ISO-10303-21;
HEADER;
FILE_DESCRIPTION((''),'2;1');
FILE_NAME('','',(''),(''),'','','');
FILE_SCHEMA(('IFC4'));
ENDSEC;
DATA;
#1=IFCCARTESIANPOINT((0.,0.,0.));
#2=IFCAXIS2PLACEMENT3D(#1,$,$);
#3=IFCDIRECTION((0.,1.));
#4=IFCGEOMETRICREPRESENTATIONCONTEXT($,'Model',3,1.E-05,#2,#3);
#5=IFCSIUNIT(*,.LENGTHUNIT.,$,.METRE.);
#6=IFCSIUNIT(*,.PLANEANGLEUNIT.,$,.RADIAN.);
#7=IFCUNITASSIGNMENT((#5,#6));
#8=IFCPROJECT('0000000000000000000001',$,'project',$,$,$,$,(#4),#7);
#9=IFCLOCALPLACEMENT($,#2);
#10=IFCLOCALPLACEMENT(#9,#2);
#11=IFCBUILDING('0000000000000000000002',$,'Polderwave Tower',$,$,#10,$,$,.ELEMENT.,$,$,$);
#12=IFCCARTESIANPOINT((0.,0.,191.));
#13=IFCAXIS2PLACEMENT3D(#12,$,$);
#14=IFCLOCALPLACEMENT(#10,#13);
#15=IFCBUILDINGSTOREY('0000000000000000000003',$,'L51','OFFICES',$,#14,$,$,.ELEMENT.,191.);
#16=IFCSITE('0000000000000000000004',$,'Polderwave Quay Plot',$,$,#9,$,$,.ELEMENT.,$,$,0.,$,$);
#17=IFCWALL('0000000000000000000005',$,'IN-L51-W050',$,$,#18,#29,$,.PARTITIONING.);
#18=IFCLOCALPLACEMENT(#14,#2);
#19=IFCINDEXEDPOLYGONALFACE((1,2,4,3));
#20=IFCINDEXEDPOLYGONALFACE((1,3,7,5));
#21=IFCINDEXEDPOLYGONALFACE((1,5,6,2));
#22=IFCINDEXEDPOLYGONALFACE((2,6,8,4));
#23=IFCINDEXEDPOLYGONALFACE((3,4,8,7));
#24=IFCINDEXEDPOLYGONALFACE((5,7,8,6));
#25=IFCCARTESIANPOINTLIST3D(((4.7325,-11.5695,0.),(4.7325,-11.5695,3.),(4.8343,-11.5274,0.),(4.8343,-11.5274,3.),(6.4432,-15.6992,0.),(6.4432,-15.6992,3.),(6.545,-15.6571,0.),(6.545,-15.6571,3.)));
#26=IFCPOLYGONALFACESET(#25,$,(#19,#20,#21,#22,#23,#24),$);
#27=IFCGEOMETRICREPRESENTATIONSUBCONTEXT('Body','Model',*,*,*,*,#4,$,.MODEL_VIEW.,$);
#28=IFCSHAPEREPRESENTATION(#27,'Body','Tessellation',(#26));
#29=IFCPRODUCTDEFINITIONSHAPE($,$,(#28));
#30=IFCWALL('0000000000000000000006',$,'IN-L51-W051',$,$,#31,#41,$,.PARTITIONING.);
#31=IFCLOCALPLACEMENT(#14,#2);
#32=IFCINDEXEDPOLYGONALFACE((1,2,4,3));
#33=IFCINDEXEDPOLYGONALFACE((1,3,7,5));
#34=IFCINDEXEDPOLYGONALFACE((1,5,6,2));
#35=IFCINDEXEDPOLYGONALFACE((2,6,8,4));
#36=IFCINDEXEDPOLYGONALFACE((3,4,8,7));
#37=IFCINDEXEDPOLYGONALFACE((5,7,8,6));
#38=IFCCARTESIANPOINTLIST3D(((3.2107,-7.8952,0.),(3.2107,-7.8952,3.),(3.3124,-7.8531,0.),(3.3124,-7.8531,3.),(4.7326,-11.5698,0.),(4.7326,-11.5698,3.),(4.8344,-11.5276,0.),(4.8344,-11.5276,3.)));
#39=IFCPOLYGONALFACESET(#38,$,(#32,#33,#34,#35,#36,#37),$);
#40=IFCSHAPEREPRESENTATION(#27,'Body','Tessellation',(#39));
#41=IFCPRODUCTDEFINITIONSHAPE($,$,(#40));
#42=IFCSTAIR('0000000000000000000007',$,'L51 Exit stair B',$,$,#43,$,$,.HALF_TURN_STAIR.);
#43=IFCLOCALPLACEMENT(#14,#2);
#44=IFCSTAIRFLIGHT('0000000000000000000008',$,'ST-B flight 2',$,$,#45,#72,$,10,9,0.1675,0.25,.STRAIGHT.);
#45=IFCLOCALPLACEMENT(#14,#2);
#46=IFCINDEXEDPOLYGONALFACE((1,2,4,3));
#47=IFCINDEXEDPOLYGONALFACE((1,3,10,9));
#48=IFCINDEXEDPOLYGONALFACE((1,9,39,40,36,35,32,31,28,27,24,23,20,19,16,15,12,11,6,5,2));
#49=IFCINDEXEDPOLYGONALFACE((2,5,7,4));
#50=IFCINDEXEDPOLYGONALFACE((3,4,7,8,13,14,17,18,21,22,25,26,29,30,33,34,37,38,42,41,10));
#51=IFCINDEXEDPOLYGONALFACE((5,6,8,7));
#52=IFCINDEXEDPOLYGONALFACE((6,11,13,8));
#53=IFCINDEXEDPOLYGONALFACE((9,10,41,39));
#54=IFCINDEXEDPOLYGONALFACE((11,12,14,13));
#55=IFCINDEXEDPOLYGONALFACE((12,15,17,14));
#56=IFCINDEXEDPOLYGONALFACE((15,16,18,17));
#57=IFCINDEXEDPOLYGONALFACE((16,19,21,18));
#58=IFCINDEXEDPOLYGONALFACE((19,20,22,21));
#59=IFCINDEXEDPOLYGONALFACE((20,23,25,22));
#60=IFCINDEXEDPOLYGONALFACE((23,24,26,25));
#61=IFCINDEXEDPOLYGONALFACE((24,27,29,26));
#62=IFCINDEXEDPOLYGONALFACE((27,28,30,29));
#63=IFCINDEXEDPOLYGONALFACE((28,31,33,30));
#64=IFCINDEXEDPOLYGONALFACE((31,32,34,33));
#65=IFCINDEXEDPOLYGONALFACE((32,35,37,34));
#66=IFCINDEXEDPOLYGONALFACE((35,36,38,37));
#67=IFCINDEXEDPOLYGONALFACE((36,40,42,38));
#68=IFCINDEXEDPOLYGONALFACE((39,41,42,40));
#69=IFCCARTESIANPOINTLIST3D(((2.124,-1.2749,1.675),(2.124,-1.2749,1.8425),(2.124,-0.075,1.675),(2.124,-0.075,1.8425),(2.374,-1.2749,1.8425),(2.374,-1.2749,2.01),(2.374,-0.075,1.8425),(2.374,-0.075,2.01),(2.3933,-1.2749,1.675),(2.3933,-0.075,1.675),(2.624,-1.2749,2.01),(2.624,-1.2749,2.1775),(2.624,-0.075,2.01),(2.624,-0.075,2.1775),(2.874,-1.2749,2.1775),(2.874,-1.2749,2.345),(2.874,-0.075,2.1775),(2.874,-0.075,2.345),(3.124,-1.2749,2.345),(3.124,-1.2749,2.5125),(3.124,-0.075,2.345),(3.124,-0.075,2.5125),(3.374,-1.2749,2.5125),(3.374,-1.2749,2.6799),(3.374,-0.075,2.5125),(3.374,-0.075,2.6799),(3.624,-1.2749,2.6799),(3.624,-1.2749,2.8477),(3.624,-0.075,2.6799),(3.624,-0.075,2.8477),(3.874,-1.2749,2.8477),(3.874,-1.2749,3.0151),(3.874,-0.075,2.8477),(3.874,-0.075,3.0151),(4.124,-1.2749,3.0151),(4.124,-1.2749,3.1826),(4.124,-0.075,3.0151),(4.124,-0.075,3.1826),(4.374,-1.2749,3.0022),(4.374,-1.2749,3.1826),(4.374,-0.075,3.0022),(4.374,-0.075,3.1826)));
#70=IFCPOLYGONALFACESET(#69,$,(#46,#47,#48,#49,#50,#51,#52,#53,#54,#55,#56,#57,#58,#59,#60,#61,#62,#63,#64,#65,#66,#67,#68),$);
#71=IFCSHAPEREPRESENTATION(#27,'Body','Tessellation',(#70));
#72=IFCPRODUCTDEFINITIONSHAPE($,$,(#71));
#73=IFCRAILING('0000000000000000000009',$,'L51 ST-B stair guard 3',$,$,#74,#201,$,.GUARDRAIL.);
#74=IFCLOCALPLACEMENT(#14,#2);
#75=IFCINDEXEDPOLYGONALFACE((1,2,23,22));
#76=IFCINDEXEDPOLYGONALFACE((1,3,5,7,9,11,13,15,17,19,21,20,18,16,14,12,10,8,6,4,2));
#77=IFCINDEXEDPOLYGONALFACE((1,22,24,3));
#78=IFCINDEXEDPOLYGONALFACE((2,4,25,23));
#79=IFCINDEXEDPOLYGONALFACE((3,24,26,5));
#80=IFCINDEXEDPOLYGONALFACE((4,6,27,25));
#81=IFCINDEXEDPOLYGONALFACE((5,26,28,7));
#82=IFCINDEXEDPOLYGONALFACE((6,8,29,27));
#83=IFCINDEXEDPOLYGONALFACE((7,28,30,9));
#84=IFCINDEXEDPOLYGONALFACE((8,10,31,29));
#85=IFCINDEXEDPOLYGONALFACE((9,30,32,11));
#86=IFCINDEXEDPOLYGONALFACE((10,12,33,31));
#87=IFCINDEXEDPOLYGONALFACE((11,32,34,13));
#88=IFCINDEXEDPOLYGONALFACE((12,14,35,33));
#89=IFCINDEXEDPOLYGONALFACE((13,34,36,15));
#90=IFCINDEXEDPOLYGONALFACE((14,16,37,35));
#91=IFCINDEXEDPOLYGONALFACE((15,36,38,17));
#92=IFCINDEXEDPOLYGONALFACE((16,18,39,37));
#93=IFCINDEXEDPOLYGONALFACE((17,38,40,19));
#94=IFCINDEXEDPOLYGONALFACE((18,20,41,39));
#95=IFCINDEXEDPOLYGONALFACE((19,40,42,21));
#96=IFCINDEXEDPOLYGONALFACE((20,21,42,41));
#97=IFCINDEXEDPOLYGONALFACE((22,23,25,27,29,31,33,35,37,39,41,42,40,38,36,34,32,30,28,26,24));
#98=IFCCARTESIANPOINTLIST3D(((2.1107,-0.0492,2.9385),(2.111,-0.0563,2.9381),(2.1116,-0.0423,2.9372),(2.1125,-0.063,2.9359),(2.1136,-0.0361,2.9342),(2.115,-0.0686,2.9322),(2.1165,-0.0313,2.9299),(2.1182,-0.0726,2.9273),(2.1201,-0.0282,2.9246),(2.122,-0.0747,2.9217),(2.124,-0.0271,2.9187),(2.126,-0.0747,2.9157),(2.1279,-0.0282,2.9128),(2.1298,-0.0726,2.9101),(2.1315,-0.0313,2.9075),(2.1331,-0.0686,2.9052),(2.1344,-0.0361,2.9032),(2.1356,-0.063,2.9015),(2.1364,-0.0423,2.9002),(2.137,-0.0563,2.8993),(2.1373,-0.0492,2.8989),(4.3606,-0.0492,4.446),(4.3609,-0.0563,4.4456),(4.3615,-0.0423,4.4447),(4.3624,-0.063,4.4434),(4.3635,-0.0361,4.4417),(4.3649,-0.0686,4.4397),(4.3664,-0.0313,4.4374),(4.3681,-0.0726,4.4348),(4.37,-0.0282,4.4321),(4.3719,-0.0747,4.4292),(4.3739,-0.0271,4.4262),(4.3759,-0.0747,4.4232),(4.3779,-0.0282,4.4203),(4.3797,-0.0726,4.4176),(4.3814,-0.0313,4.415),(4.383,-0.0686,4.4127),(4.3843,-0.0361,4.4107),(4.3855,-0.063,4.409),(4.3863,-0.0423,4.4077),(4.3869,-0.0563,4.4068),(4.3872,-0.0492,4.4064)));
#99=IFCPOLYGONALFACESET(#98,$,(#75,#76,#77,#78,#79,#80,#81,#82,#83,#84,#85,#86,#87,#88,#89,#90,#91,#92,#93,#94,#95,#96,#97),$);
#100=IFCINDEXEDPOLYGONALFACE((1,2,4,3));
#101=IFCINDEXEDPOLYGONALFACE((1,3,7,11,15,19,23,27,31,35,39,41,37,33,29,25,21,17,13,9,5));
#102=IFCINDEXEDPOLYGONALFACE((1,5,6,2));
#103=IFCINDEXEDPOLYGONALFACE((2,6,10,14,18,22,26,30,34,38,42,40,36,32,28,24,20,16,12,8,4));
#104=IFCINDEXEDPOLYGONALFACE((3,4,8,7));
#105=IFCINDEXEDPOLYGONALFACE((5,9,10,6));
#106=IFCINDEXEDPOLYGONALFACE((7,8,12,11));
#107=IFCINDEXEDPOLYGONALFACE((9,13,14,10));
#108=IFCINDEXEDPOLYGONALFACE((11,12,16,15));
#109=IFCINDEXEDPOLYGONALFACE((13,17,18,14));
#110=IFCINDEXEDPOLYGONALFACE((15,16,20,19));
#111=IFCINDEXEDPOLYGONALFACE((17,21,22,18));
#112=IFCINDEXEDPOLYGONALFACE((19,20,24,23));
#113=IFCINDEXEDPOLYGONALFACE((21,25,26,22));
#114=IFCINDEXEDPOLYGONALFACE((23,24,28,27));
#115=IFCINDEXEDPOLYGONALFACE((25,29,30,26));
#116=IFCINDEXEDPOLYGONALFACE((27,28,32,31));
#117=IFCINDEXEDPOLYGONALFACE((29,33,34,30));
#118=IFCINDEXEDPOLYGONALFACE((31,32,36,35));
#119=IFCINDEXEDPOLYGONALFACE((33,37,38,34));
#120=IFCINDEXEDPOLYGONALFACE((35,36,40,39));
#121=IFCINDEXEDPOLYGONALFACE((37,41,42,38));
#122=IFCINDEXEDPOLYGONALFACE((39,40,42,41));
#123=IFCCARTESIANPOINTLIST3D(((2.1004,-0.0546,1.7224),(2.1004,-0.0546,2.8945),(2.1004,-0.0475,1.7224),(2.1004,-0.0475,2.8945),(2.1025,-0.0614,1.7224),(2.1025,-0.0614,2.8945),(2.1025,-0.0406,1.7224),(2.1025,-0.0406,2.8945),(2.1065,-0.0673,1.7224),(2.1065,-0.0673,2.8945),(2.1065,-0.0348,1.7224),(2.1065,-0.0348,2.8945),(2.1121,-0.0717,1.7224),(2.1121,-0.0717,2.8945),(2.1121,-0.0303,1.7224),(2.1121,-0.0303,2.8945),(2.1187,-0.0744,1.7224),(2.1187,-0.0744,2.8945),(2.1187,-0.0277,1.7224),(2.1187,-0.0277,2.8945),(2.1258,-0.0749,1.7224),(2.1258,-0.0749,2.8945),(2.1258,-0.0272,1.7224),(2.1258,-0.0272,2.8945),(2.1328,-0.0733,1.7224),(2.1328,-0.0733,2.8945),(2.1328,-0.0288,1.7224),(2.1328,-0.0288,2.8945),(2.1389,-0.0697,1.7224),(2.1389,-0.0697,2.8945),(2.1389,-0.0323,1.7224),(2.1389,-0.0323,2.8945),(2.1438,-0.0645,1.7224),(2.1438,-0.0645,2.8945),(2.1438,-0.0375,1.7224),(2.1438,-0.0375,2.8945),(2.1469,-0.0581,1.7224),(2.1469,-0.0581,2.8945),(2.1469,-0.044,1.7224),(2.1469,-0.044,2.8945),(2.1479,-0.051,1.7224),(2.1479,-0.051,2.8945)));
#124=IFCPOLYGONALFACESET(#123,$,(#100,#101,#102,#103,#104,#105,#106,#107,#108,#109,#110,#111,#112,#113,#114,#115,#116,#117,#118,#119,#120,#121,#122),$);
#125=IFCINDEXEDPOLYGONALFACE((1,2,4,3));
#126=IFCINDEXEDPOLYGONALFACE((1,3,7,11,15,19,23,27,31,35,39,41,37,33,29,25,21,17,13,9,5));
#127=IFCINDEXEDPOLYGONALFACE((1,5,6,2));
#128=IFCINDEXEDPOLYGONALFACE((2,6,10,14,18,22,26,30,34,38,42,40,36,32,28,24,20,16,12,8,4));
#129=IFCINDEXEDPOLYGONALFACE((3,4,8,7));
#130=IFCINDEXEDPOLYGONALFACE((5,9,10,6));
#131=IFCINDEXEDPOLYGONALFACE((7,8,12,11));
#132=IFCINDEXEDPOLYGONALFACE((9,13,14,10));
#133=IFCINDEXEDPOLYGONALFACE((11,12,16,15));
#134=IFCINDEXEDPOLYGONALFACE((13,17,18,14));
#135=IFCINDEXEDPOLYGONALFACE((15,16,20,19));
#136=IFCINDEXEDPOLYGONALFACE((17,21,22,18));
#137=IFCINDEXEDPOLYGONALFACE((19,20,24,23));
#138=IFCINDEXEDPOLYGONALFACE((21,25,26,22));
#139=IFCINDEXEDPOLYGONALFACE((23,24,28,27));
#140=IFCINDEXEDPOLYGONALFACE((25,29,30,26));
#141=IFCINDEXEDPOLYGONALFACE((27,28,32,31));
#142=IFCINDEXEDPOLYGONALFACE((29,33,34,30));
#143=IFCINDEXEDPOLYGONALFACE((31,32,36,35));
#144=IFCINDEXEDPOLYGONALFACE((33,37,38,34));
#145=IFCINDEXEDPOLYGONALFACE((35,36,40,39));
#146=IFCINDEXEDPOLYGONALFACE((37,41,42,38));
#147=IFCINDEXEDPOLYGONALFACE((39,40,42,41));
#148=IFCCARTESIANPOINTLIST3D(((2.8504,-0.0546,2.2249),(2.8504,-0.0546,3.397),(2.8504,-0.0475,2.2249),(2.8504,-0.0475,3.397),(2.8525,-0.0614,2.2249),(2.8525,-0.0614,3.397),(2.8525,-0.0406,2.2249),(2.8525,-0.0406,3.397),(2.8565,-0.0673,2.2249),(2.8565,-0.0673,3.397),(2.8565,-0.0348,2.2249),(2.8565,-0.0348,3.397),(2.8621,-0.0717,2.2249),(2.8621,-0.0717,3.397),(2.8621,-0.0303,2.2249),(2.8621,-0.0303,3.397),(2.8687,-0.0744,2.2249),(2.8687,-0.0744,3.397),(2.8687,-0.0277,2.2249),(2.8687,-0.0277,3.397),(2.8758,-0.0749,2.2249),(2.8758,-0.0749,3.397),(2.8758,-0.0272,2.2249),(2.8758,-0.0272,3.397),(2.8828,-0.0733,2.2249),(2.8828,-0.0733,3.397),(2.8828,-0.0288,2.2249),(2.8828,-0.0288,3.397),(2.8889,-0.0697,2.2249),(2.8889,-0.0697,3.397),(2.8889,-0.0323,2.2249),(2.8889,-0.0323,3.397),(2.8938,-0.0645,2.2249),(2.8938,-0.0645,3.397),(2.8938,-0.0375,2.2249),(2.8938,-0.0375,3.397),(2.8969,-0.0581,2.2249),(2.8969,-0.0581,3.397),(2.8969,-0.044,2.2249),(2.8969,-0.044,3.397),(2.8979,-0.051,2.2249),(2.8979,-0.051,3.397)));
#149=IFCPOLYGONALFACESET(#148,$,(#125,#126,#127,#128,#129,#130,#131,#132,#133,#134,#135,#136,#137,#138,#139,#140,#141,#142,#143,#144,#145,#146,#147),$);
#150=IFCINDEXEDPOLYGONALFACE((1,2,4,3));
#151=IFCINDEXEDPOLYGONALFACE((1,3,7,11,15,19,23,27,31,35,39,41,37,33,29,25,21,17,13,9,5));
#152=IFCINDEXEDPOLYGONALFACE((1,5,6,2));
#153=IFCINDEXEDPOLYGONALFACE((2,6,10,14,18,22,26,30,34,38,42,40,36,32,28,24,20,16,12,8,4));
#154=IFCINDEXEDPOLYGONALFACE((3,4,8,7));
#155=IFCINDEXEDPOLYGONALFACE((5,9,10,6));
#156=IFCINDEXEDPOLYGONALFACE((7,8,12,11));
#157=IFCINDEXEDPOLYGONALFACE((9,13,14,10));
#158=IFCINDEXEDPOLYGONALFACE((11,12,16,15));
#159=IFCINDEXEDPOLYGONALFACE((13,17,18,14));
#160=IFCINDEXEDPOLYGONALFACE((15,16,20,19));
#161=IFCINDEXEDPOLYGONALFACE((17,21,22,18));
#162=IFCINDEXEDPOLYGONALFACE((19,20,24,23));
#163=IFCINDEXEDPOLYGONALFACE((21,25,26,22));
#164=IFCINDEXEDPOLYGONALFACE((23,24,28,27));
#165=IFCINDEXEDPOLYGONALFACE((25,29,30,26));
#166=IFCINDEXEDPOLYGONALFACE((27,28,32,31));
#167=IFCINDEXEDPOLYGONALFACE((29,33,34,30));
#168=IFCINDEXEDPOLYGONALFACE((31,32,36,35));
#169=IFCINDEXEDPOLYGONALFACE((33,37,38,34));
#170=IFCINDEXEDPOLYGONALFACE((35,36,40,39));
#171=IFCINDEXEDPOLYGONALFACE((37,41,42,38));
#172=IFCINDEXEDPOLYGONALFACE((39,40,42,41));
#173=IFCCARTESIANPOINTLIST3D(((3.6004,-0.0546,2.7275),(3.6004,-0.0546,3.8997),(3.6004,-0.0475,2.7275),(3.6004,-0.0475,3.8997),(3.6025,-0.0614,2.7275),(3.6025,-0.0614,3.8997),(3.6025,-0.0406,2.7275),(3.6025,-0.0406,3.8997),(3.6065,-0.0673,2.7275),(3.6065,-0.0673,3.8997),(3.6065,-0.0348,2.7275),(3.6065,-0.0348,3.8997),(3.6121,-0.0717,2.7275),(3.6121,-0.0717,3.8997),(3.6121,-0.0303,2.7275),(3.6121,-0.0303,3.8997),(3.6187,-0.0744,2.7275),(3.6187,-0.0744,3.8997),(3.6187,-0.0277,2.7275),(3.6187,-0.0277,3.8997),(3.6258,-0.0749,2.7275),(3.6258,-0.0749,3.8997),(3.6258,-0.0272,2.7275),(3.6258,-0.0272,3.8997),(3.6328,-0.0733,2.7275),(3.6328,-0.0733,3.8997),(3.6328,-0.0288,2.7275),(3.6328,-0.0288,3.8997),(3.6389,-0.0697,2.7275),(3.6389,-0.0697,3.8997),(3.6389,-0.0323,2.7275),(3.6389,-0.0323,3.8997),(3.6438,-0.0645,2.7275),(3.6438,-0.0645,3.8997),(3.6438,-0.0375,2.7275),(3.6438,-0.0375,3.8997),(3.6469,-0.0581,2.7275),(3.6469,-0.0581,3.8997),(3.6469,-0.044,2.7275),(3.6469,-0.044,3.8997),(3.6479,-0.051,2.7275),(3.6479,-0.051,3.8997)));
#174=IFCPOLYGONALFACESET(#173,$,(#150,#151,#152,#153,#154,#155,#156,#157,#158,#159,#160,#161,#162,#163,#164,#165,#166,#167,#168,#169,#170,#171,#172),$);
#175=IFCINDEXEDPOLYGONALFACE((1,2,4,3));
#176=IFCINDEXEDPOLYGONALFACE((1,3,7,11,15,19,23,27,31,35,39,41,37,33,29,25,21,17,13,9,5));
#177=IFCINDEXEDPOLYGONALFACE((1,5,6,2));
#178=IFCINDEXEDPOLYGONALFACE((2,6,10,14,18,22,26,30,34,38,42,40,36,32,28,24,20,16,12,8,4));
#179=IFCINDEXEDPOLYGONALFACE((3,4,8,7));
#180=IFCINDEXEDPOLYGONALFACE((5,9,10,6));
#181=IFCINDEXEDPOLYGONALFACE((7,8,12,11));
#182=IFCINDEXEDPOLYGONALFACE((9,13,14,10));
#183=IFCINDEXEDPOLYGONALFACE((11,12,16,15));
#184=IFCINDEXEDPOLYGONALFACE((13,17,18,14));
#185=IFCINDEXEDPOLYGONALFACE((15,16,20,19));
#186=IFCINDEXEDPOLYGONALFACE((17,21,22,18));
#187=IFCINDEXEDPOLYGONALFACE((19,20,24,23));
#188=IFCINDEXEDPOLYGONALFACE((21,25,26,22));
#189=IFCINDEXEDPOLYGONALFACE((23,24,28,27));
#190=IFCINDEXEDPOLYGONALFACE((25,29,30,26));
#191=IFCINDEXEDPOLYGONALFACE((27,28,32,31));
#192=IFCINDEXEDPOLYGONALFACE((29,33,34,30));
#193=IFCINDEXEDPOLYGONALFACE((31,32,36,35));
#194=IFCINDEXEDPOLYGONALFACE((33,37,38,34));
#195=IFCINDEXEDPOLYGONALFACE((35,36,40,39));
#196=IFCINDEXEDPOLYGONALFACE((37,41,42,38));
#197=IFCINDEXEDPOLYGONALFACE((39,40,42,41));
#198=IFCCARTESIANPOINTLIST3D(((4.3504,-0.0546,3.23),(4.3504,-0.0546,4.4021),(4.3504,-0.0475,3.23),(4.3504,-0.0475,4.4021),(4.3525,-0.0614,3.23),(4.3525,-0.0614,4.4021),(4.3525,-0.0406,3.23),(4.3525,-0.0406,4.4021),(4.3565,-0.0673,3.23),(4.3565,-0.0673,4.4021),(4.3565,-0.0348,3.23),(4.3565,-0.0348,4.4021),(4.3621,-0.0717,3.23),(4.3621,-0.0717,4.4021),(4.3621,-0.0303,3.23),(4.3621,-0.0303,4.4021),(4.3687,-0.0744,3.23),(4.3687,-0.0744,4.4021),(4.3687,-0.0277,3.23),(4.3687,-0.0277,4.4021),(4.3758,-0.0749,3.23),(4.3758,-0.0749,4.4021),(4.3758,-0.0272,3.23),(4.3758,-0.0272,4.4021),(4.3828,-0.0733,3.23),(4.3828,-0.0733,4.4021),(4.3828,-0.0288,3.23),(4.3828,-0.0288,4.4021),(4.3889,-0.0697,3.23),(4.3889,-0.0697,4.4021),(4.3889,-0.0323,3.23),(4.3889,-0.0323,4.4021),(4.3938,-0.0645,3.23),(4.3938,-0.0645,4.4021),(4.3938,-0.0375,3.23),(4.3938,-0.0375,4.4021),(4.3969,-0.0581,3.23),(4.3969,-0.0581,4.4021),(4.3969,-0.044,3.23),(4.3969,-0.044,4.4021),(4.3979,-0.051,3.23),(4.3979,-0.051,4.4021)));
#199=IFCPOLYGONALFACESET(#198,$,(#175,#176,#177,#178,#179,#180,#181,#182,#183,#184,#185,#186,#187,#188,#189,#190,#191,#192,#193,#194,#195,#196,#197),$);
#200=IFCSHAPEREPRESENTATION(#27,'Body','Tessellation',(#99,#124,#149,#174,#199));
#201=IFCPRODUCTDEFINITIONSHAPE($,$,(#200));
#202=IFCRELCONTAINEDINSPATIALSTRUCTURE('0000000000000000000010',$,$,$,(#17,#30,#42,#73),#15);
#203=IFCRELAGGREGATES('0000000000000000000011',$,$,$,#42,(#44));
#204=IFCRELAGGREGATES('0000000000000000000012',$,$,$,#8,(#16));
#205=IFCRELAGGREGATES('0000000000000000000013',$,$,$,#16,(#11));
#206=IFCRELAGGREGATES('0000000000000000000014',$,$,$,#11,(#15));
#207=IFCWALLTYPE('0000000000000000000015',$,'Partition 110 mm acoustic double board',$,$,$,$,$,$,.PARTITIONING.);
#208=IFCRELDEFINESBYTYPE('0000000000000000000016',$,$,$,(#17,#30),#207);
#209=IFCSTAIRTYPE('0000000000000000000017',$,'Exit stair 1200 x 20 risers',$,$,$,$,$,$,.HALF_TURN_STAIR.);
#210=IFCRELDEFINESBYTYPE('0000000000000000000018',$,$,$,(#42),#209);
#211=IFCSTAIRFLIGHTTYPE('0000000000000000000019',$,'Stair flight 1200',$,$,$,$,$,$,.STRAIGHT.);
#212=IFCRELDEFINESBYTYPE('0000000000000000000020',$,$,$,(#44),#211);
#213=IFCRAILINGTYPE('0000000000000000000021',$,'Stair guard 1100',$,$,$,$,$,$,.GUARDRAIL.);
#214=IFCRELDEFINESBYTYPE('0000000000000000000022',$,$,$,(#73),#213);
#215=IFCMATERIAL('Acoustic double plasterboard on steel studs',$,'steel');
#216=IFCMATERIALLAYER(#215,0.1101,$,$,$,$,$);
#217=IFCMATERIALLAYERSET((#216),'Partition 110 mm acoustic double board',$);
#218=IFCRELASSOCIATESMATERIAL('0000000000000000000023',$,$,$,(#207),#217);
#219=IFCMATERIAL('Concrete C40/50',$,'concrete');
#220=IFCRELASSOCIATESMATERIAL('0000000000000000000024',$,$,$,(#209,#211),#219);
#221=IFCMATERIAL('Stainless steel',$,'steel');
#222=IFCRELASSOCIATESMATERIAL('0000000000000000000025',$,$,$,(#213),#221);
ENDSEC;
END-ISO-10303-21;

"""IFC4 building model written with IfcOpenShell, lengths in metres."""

from ifc_helpers import new_model, si_unit, direction, frame, frame_2d, origin, origin_2d, place, context, subcontext, project, spatial, polyline, rectangle, circle, outline, extrude, material, layer, layer_set, type_object, element, aggregate, save


model = new_model("IFC4")

# Units and contexts
model_context = context("Model", 3, precision=1e-05, world=origin(), true_north=direction((0.0, 1.0)))
body_context = subcontext(model_context, "Body", "Model", "MODEL_VIEW")
ifc_project = project(units=[si_unit("LENGTHUNIT", "METRE"), si_unit("PLANEANGLEUNIT", "RADIAN")], contexts=[model_context])

# Site, building, storey
site_placement = place(None, origin())
site = spatial("IfcSite", under=ifc_project, at=site_placement, Name="Polderwave Quay Plot", CompositionType="ELEMENT", RefElevation=0.0)
building_placement = place(site_placement, origin())
building = spatial("IfcBuilding", under=site, at=building_placement, Name="Polderwave Tower", CompositionType="ELEMENT")
storey_placement = place(building_placement, frame((0.0, 0.0, 191.0)))
storey = spatial("IfcBuildingStorey", under=building, at=storey_placement, Name="L51", Description="OFFICES", CompositionType="ELEMENT", Elevation=191.0)

# Walls
ifc_material_1 = material(Name="Acoustic double plasterboard on steel studs", Category="steel")
ifc_layer_1 = layer(ifc_material_1, 0.1101)
ifc_layer_set_1 = layer_set([ifc_layer_1], Name="Partition 110 mm acoustic double board")
wall_type_1 = type_object("IfcWallType", Name="Partition 110 mm acoustic double board", PredefinedType="PARTITIONING", material=ifc_layer_set_1)
wall_1_placement = place(storey_placement, frame((4.7834, -11.5486, 0.0), z_axis=(0.0, 0.0, 1.0), x_axis=(0.38271, -0.923868, 0.0)))
element("IfcWall", 1, at=wall_1_placement, inside=storey, type_object=wall_type_1, Name="IN-L51-W050", PredefinedType="PARTITIONING", context=body_context, shape_type="SweptSolid", body=[
    extrude(rectangle(XDim=4.47, YDim=0.1101, at=frame_2d((2.2349, 0.0))), origin(), (0.0, 0.0, 1.0), 3.0),
])
wall_2_placement = place(storey_placement, frame((3.2615, -7.874, 0.0), z_axis=(0.0, 0.0, 1.0), x_axis=(0.382666, -0.923887, 0.0)))
element("IfcWall", 2, at=wall_2_placement, inside=storey, type_object=wall_type_1, Name="IN-L51-W051", PredefinedType="PARTITIONING", context=body_context, shape_type="SweptSolid", body=[
    extrude(rectangle(XDim=3.9773, YDim=0.1101, at=frame_2d((1.9888, 0.0))), origin(), (0.0, 0.0, 1.0), 3.0),
])

# Stair, stair flight
ifc_material_2 = material(Name="Concrete C40/50", Category="concrete")
stair_type = type_object("IfcStairType", Name="Exit stair 1200 x 20 risers", PredefinedType="HALF_TURN_STAIR", material=ifc_material_2)
stair_placement = place(storey_placement, origin())
stair = element("IfcStair", 3, at=stair_placement, inside=storey, type_object=stair_type, Name="L51 Exit stair B", PredefinedType="HALF_TURN_STAIR")
stair_flight_type = type_object("IfcStairFlightType", Name="Stair flight 1200", PredefinedType="STRAIGHT", material=ifc_material_2)
stair_flight_placement = place(storey_placement, frame((2.124, -0.675, 1.675), z_axis=(0.0, 0.0, 1.0), x_axis=(1.0, 0.0, 0.0)))
stair_flight = element("IfcStairFlight", 4, at=stair_flight_placement, type_object=stair_flight_type, Name="ST-B flight 2", NumberOfRisers=10, NumberOfTreads=9, PredefinedType="STRAIGHT", RiserHeight=0.1675, TreadLength=0.25, context=body_context, shape_type="SweptSolid", body=[
    extrude(outline(polyline([(0.0, 0.0), (0.0, 0.1675), (0.25, 0.1675), (0.25, 0.335), (0.5, 0.335), (0.5, 0.5024), (0.75, 0.5024), (0.75, 0.6699), (1.0, 0.6699), (1.0, 0.8374), (1.25, 0.8374), (1.25, 1.0049), (1.5, 1.0049), (1.5, 1.1726), (1.75, 1.1726), (1.75, 1.3401), (2.0, 1.3401), (2.0, 1.5076), (2.25, 1.5076), (2.25, 1.675), (2.25, 1.3271), (0.2693, 0.0), (0.0, 0.0)])), frame((0.0, 0.6001, 0.0), z_axis=(0.0, -1.0, 0.0), x_axis=(1.0, 0.0, 0.0)), (0.0, 0.0, 1.0), 1.2),
])
aggregate(stair, [stair_flight])

# Railing
ifc_material_3 = material(Name="Stainless steel", Category="steel")
railing_type_1 = type_object("IfcRailingType", Name="Stair guard 1100", PredefinedType="GUARDRAIL", material=ifc_material_3)
railing_1_placement = place(storey_placement, frame((2.124, -0.051, 1.7224)))
element("IfcRailing", 5, at=railing_1_placement, inside=storey, type_object=railing_type_1, Name="L51 ST-B stair guard 3", PredefinedType="GUARDRAIL", context=body_context, shape_type="SweptSolid", body=[
    extrude(circle(Radius=0.0239, at=origin_2d()), frame((0.0, 0.0, 1.1963), z_axis=(0.830758, 0.0, 0.556633), x_axis=(0.0, 1.0, 0.0)), (0.0, 0.0, 1.0), 2.7083),
    extrude(circle(Radius=0.0239, at=origin_2d()), origin(), (0.0, 0.0, 1.0), 1.1721),
    extrude(circle(Radius=0.0239, at=origin_2d()), frame((0.75, 0.0, 0.5024)), (0.0, 0.0, 1.0), 1.1721),
    extrude(circle(Radius=0.0239, at=origin_2d()), frame((1.5, 0.0, 1.0051)), (0.0, 0.0, 1.0), 1.1721),
    extrude(circle(Radius=0.0239, at=origin_2d()), frame((2.25, 0.0, 1.5076)), (0.0, 0.0, 1.0), 1.1721),
])

save(model, "model.ifc")
